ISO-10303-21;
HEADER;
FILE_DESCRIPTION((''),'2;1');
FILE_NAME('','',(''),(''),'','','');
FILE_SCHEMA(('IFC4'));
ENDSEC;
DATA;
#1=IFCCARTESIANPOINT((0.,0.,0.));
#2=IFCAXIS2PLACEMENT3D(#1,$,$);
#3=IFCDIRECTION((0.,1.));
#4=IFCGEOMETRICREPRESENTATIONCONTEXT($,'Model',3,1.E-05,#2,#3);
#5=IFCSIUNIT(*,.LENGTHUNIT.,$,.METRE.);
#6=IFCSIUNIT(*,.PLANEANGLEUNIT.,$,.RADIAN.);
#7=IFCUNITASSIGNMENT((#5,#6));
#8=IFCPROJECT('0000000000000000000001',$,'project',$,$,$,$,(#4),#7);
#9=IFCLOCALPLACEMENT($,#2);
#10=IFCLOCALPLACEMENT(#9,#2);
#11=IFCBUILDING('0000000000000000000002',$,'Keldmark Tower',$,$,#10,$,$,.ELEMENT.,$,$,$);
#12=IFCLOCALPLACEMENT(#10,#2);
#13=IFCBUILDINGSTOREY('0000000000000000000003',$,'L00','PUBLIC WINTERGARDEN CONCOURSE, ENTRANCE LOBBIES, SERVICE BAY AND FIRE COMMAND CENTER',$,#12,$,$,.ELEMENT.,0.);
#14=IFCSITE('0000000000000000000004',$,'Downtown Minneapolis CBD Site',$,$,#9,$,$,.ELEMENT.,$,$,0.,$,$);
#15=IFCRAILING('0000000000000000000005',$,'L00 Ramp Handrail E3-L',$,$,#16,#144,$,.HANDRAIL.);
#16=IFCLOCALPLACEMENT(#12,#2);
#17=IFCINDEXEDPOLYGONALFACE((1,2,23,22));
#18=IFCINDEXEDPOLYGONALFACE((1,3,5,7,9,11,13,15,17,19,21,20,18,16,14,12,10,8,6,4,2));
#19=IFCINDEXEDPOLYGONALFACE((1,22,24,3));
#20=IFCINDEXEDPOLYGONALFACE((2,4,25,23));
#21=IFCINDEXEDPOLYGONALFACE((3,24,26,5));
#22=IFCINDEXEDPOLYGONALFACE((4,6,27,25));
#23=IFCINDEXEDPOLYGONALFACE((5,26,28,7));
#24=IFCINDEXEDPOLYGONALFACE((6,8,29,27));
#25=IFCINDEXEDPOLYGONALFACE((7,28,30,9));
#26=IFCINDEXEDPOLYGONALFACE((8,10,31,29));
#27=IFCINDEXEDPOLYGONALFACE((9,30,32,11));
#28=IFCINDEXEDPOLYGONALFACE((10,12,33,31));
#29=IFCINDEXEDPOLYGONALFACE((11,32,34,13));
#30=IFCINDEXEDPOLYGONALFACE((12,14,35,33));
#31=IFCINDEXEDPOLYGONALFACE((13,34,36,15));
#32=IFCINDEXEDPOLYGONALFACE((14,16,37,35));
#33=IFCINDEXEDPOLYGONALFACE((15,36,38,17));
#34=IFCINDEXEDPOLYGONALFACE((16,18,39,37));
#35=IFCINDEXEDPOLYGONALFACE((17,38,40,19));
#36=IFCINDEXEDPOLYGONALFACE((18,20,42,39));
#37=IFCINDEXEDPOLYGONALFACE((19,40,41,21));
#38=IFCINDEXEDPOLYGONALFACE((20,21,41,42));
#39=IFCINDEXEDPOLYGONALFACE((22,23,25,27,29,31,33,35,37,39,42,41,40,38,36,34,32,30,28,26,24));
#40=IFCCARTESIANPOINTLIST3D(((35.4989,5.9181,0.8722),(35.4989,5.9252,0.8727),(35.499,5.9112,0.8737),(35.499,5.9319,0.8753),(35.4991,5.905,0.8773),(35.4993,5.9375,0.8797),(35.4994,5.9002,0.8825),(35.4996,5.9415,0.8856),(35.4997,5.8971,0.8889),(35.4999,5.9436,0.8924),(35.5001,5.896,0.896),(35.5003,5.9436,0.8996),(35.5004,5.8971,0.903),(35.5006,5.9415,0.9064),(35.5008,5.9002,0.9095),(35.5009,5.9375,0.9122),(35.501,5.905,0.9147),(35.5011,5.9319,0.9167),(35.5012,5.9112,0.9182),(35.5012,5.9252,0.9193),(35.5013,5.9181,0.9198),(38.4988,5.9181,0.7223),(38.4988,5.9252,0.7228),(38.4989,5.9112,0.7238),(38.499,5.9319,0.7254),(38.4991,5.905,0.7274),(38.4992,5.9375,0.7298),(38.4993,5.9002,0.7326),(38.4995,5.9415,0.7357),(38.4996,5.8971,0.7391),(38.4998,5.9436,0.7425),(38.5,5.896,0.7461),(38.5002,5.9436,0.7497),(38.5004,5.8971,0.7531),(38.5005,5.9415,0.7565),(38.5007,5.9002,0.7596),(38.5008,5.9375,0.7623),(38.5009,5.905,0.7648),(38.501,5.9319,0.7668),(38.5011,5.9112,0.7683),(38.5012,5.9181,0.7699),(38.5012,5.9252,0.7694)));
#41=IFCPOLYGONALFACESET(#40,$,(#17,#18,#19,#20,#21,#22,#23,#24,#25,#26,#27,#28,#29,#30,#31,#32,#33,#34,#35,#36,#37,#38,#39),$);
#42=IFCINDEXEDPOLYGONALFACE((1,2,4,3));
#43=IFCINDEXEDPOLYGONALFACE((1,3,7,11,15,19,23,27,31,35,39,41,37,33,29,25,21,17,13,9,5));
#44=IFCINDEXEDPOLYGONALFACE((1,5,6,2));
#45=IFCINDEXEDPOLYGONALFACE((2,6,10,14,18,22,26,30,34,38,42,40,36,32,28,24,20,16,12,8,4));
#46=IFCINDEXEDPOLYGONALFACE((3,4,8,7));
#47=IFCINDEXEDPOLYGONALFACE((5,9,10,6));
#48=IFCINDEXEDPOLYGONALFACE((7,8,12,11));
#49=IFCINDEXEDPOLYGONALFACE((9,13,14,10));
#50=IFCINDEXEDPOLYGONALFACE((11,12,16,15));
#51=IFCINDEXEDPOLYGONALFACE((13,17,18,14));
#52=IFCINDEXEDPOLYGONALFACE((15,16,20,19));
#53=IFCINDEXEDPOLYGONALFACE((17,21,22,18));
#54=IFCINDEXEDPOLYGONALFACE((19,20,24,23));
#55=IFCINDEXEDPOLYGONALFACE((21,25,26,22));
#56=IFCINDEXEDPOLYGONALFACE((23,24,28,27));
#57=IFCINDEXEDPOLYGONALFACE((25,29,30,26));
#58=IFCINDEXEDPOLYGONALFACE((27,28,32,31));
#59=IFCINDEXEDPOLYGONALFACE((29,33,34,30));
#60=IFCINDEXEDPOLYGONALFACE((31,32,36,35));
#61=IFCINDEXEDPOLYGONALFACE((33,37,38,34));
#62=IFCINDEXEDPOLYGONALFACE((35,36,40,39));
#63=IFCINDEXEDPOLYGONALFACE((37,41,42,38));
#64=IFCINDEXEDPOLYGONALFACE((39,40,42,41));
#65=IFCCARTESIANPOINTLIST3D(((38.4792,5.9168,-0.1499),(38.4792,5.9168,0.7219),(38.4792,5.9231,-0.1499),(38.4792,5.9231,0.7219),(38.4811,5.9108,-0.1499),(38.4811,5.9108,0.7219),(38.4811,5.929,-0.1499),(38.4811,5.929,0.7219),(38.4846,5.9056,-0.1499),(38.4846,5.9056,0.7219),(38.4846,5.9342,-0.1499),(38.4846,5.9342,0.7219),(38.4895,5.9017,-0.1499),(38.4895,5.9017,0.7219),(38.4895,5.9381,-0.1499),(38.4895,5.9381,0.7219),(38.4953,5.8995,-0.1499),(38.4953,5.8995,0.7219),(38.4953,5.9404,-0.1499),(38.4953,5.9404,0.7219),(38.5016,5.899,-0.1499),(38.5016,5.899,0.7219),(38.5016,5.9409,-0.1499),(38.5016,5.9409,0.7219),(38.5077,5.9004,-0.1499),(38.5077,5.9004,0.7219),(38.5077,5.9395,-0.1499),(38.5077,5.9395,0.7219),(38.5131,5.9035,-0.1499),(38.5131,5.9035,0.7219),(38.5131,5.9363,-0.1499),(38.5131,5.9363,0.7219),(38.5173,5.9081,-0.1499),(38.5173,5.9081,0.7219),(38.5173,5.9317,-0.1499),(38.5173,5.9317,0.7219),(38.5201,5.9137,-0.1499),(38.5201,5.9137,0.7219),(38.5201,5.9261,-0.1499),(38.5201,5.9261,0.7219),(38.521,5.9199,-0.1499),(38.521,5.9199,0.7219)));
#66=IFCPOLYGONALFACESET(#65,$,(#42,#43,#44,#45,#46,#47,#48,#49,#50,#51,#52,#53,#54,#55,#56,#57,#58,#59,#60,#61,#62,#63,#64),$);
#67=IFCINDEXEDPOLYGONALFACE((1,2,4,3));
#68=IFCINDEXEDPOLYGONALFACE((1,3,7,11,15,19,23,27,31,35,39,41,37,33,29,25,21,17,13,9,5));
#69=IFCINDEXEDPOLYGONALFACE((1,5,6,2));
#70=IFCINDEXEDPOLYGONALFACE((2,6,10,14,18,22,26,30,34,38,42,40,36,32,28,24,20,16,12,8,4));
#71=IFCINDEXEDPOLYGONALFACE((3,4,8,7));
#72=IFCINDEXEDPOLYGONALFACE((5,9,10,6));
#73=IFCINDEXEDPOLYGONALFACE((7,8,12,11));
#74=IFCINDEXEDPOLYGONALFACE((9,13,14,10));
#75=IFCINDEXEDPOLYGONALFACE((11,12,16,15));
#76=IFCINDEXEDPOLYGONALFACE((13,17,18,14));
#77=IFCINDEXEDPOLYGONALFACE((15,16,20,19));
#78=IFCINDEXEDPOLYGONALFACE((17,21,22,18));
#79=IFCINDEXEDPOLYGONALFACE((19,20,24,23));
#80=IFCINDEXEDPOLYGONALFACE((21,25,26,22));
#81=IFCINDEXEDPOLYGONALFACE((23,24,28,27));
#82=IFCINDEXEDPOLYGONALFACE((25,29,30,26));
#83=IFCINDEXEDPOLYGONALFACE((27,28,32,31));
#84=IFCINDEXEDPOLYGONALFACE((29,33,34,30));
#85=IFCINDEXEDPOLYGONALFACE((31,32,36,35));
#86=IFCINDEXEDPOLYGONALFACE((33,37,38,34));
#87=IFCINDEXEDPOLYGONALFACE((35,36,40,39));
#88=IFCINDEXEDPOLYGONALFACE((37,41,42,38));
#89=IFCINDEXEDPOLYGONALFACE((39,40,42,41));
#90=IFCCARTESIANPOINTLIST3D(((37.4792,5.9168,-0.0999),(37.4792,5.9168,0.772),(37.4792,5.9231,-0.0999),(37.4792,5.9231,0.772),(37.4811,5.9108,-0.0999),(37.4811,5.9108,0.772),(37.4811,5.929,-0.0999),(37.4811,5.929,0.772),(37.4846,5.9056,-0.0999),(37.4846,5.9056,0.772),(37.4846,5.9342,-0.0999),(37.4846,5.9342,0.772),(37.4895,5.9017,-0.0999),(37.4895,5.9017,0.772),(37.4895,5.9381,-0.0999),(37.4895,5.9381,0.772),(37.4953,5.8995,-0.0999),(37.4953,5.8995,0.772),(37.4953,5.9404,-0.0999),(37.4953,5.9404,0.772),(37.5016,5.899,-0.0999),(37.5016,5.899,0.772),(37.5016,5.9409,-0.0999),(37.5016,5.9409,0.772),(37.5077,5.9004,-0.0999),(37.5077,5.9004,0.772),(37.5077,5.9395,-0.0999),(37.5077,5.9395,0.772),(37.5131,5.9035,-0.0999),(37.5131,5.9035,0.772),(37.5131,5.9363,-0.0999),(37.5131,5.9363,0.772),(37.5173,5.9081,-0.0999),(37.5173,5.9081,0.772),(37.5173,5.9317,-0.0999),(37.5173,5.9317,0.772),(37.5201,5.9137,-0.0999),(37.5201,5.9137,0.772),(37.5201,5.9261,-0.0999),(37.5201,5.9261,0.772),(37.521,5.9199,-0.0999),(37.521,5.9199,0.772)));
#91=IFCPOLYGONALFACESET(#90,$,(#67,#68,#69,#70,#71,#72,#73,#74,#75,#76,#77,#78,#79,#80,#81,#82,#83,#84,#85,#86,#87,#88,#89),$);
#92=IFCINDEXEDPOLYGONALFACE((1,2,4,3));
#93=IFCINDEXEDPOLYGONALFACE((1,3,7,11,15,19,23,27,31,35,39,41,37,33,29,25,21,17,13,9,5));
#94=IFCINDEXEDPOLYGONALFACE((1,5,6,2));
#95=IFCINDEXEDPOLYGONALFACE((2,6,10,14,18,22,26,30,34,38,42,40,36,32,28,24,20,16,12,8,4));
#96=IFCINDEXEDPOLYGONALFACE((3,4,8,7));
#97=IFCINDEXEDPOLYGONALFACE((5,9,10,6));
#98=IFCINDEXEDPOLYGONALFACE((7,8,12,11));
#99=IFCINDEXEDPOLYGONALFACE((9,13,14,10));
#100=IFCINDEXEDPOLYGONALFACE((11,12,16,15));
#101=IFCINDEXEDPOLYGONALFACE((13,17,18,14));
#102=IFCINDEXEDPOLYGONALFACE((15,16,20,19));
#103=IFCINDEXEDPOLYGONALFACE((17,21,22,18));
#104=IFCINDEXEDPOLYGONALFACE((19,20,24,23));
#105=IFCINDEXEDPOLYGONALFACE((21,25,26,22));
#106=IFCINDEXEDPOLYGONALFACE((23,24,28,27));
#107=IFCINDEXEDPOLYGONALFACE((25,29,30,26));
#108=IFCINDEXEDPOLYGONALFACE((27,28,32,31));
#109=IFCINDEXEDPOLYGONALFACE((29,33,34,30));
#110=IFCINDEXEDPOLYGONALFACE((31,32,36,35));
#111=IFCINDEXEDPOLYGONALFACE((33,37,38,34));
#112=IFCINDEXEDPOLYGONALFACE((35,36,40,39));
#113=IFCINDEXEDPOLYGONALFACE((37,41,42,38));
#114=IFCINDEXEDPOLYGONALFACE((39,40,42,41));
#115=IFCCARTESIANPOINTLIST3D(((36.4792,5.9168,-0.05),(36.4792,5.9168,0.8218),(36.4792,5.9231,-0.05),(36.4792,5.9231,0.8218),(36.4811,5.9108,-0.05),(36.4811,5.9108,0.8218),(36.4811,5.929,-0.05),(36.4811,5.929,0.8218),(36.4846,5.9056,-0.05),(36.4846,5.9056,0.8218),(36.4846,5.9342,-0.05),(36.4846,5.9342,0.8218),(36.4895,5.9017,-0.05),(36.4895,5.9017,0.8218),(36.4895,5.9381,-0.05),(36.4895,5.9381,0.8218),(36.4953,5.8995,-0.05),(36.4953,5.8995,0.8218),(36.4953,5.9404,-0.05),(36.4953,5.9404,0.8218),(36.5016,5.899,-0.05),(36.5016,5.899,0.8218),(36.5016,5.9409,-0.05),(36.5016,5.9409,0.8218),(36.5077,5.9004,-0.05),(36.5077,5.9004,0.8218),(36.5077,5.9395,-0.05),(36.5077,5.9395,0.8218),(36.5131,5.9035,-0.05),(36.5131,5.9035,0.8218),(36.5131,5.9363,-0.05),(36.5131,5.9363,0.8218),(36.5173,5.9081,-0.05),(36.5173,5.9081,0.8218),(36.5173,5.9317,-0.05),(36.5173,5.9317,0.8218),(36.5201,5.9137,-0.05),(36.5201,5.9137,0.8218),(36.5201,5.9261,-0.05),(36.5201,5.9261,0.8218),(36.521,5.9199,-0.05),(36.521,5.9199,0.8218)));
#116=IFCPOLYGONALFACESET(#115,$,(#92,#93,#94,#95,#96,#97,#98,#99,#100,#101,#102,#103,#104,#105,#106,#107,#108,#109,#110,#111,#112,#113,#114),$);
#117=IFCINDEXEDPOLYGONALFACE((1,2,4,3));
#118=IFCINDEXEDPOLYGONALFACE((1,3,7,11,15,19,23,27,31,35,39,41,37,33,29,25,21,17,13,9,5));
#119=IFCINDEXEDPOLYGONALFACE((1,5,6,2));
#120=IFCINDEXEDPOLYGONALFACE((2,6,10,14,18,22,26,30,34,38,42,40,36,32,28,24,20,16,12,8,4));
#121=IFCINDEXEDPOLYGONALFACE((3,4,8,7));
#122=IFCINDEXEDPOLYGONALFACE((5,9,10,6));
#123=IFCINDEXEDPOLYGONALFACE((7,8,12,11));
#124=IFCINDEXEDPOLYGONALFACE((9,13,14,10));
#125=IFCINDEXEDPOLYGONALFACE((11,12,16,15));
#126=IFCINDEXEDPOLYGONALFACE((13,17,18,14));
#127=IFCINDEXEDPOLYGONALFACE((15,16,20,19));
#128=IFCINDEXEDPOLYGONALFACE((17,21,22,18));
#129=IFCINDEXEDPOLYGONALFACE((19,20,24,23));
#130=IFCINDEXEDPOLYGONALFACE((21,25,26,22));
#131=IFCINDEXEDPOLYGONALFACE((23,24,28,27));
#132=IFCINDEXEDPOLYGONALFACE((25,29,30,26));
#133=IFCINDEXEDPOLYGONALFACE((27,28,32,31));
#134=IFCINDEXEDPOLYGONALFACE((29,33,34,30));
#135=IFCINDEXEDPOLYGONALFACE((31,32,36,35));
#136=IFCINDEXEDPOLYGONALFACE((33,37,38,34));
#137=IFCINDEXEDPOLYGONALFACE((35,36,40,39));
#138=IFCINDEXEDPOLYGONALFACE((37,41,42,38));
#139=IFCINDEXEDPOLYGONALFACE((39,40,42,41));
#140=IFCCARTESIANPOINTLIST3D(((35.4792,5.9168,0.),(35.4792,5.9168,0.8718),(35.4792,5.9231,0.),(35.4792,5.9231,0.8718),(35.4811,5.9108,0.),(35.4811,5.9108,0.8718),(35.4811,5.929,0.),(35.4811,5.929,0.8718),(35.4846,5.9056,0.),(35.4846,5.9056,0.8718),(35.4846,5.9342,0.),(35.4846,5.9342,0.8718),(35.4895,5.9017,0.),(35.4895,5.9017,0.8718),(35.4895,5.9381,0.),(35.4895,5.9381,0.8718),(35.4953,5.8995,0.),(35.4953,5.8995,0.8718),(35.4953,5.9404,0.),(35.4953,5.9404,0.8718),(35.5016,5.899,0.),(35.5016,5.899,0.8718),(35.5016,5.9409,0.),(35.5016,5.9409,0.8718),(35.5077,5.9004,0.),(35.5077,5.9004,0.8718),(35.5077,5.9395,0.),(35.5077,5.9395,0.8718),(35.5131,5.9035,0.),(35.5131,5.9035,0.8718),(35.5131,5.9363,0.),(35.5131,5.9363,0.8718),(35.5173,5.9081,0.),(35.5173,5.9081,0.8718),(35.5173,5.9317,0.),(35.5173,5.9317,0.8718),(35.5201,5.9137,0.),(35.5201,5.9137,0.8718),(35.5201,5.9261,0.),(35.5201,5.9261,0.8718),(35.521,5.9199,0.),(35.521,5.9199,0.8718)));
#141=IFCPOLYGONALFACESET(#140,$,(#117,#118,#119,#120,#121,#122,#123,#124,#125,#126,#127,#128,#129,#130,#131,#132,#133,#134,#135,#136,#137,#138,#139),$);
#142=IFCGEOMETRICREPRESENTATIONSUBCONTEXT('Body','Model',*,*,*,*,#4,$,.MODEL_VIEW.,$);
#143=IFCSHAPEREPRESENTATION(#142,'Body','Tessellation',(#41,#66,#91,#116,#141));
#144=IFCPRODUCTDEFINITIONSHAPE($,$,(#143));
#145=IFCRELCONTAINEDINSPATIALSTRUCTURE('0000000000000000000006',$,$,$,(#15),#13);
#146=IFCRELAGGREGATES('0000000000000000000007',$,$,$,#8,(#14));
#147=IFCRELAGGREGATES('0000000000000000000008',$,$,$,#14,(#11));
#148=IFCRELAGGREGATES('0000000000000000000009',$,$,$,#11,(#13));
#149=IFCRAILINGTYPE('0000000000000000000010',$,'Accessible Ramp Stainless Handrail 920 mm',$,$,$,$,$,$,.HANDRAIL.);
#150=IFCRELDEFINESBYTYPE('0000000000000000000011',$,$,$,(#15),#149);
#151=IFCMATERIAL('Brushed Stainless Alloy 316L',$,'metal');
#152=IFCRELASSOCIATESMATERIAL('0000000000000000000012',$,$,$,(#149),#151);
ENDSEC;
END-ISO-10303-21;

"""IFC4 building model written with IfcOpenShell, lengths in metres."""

from ifc_helpers import new_model, si_unit, direction, frame, origin, origin_2d, place, context, subcontext, project, spatial, circle, extrude, material, type_object, element, save


model = new_model("IFC4")

# Units and contexts
model_context = context("Model", 3, precision=1e-05, world=origin(), true_north=direction((0.0, 1.0)))
body_context = subcontext(model_context, "Body", "Model", "MODEL_VIEW")
ifc_project = project(units=[si_unit("LENGTHUNIT", "METRE"), si_unit("PLANEANGLEUNIT", "RADIAN")], contexts=[model_context])

# Site, building, storey
site_placement = place(None, origin())
site = spatial("IfcSite", under=ifc_project, at=site_placement, Name="Downtown Minneapolis CBD Site", CompositionType="ELEMENT", RefElevation=0.0)
building_placement = place(site_placement, origin())
building = spatial("IfcBuilding", under=site, at=building_placement, Name="Keldmark Tower", CompositionType="ELEMENT")
storey_placement = place(building_placement, origin())
storey = spatial("IfcBuildingStorey", under=building, at=storey_placement, Name="L00", Description="PUBLIC WINTERGARDEN CONCOURSE, ENTRANCE LOBBIES, SERVICE BAY AND FIRE COMMAND CENTER", CompositionType="ELEMENT", Elevation=0.0)

# Railing
ifc_material_1 = material(Name="Brushed Stainless Alloy 316L", Category="metal")
railing_type = type_object("IfcRailingType", Name="Accessible Ramp Stainless Handrail 920 mm", PredefinedType="HANDRAIL", material=ifc_material_1)
for number, where, name in (
    (1, (38.5, 5.9199, -0.1499), "L00 Ramp Handrail E3-L"),
):
    element("IfcRailing", number, at=place(storey_placement, frame(where)), inside=storey, type_object=railing_type, Name=name, PredefinedType="HANDRAIL", context=body_context, shape_type="SweptSolid", body=[
        extrude(circle(Radius=0.0239, at=origin_2d()), frame((0.0, 0.0, 0.896), z_axis=(-0.998754, 0.0, 0.049905), x_axis=(0.0, -1.0, 0.0)), (0.0, 0.0, 1.0), 3.0037),
        extrude(circle(Radius=0.021, at=origin_2d()), origin(), (0.0, 0.0, 1.0), 0.8718),
        extrude(circle(Radius=0.021, at=origin_2d()), frame((-1.0, 0.0, 0.05)), (0.0, 0.0, 1.0), 0.8718),
        extrude(circle(Radius=0.021, at=origin_2d()), frame((-2.0, 0.0, 0.0999)), (0.0, 0.0, 1.0), 0.8718),
        extrude(circle(Radius=0.021, at=origin_2d()), frame((-3.0, 0.0, 0.1499)), (0.0, 0.0, 1.0), 0.8718),
    ])

save(model, "model.ifc")
